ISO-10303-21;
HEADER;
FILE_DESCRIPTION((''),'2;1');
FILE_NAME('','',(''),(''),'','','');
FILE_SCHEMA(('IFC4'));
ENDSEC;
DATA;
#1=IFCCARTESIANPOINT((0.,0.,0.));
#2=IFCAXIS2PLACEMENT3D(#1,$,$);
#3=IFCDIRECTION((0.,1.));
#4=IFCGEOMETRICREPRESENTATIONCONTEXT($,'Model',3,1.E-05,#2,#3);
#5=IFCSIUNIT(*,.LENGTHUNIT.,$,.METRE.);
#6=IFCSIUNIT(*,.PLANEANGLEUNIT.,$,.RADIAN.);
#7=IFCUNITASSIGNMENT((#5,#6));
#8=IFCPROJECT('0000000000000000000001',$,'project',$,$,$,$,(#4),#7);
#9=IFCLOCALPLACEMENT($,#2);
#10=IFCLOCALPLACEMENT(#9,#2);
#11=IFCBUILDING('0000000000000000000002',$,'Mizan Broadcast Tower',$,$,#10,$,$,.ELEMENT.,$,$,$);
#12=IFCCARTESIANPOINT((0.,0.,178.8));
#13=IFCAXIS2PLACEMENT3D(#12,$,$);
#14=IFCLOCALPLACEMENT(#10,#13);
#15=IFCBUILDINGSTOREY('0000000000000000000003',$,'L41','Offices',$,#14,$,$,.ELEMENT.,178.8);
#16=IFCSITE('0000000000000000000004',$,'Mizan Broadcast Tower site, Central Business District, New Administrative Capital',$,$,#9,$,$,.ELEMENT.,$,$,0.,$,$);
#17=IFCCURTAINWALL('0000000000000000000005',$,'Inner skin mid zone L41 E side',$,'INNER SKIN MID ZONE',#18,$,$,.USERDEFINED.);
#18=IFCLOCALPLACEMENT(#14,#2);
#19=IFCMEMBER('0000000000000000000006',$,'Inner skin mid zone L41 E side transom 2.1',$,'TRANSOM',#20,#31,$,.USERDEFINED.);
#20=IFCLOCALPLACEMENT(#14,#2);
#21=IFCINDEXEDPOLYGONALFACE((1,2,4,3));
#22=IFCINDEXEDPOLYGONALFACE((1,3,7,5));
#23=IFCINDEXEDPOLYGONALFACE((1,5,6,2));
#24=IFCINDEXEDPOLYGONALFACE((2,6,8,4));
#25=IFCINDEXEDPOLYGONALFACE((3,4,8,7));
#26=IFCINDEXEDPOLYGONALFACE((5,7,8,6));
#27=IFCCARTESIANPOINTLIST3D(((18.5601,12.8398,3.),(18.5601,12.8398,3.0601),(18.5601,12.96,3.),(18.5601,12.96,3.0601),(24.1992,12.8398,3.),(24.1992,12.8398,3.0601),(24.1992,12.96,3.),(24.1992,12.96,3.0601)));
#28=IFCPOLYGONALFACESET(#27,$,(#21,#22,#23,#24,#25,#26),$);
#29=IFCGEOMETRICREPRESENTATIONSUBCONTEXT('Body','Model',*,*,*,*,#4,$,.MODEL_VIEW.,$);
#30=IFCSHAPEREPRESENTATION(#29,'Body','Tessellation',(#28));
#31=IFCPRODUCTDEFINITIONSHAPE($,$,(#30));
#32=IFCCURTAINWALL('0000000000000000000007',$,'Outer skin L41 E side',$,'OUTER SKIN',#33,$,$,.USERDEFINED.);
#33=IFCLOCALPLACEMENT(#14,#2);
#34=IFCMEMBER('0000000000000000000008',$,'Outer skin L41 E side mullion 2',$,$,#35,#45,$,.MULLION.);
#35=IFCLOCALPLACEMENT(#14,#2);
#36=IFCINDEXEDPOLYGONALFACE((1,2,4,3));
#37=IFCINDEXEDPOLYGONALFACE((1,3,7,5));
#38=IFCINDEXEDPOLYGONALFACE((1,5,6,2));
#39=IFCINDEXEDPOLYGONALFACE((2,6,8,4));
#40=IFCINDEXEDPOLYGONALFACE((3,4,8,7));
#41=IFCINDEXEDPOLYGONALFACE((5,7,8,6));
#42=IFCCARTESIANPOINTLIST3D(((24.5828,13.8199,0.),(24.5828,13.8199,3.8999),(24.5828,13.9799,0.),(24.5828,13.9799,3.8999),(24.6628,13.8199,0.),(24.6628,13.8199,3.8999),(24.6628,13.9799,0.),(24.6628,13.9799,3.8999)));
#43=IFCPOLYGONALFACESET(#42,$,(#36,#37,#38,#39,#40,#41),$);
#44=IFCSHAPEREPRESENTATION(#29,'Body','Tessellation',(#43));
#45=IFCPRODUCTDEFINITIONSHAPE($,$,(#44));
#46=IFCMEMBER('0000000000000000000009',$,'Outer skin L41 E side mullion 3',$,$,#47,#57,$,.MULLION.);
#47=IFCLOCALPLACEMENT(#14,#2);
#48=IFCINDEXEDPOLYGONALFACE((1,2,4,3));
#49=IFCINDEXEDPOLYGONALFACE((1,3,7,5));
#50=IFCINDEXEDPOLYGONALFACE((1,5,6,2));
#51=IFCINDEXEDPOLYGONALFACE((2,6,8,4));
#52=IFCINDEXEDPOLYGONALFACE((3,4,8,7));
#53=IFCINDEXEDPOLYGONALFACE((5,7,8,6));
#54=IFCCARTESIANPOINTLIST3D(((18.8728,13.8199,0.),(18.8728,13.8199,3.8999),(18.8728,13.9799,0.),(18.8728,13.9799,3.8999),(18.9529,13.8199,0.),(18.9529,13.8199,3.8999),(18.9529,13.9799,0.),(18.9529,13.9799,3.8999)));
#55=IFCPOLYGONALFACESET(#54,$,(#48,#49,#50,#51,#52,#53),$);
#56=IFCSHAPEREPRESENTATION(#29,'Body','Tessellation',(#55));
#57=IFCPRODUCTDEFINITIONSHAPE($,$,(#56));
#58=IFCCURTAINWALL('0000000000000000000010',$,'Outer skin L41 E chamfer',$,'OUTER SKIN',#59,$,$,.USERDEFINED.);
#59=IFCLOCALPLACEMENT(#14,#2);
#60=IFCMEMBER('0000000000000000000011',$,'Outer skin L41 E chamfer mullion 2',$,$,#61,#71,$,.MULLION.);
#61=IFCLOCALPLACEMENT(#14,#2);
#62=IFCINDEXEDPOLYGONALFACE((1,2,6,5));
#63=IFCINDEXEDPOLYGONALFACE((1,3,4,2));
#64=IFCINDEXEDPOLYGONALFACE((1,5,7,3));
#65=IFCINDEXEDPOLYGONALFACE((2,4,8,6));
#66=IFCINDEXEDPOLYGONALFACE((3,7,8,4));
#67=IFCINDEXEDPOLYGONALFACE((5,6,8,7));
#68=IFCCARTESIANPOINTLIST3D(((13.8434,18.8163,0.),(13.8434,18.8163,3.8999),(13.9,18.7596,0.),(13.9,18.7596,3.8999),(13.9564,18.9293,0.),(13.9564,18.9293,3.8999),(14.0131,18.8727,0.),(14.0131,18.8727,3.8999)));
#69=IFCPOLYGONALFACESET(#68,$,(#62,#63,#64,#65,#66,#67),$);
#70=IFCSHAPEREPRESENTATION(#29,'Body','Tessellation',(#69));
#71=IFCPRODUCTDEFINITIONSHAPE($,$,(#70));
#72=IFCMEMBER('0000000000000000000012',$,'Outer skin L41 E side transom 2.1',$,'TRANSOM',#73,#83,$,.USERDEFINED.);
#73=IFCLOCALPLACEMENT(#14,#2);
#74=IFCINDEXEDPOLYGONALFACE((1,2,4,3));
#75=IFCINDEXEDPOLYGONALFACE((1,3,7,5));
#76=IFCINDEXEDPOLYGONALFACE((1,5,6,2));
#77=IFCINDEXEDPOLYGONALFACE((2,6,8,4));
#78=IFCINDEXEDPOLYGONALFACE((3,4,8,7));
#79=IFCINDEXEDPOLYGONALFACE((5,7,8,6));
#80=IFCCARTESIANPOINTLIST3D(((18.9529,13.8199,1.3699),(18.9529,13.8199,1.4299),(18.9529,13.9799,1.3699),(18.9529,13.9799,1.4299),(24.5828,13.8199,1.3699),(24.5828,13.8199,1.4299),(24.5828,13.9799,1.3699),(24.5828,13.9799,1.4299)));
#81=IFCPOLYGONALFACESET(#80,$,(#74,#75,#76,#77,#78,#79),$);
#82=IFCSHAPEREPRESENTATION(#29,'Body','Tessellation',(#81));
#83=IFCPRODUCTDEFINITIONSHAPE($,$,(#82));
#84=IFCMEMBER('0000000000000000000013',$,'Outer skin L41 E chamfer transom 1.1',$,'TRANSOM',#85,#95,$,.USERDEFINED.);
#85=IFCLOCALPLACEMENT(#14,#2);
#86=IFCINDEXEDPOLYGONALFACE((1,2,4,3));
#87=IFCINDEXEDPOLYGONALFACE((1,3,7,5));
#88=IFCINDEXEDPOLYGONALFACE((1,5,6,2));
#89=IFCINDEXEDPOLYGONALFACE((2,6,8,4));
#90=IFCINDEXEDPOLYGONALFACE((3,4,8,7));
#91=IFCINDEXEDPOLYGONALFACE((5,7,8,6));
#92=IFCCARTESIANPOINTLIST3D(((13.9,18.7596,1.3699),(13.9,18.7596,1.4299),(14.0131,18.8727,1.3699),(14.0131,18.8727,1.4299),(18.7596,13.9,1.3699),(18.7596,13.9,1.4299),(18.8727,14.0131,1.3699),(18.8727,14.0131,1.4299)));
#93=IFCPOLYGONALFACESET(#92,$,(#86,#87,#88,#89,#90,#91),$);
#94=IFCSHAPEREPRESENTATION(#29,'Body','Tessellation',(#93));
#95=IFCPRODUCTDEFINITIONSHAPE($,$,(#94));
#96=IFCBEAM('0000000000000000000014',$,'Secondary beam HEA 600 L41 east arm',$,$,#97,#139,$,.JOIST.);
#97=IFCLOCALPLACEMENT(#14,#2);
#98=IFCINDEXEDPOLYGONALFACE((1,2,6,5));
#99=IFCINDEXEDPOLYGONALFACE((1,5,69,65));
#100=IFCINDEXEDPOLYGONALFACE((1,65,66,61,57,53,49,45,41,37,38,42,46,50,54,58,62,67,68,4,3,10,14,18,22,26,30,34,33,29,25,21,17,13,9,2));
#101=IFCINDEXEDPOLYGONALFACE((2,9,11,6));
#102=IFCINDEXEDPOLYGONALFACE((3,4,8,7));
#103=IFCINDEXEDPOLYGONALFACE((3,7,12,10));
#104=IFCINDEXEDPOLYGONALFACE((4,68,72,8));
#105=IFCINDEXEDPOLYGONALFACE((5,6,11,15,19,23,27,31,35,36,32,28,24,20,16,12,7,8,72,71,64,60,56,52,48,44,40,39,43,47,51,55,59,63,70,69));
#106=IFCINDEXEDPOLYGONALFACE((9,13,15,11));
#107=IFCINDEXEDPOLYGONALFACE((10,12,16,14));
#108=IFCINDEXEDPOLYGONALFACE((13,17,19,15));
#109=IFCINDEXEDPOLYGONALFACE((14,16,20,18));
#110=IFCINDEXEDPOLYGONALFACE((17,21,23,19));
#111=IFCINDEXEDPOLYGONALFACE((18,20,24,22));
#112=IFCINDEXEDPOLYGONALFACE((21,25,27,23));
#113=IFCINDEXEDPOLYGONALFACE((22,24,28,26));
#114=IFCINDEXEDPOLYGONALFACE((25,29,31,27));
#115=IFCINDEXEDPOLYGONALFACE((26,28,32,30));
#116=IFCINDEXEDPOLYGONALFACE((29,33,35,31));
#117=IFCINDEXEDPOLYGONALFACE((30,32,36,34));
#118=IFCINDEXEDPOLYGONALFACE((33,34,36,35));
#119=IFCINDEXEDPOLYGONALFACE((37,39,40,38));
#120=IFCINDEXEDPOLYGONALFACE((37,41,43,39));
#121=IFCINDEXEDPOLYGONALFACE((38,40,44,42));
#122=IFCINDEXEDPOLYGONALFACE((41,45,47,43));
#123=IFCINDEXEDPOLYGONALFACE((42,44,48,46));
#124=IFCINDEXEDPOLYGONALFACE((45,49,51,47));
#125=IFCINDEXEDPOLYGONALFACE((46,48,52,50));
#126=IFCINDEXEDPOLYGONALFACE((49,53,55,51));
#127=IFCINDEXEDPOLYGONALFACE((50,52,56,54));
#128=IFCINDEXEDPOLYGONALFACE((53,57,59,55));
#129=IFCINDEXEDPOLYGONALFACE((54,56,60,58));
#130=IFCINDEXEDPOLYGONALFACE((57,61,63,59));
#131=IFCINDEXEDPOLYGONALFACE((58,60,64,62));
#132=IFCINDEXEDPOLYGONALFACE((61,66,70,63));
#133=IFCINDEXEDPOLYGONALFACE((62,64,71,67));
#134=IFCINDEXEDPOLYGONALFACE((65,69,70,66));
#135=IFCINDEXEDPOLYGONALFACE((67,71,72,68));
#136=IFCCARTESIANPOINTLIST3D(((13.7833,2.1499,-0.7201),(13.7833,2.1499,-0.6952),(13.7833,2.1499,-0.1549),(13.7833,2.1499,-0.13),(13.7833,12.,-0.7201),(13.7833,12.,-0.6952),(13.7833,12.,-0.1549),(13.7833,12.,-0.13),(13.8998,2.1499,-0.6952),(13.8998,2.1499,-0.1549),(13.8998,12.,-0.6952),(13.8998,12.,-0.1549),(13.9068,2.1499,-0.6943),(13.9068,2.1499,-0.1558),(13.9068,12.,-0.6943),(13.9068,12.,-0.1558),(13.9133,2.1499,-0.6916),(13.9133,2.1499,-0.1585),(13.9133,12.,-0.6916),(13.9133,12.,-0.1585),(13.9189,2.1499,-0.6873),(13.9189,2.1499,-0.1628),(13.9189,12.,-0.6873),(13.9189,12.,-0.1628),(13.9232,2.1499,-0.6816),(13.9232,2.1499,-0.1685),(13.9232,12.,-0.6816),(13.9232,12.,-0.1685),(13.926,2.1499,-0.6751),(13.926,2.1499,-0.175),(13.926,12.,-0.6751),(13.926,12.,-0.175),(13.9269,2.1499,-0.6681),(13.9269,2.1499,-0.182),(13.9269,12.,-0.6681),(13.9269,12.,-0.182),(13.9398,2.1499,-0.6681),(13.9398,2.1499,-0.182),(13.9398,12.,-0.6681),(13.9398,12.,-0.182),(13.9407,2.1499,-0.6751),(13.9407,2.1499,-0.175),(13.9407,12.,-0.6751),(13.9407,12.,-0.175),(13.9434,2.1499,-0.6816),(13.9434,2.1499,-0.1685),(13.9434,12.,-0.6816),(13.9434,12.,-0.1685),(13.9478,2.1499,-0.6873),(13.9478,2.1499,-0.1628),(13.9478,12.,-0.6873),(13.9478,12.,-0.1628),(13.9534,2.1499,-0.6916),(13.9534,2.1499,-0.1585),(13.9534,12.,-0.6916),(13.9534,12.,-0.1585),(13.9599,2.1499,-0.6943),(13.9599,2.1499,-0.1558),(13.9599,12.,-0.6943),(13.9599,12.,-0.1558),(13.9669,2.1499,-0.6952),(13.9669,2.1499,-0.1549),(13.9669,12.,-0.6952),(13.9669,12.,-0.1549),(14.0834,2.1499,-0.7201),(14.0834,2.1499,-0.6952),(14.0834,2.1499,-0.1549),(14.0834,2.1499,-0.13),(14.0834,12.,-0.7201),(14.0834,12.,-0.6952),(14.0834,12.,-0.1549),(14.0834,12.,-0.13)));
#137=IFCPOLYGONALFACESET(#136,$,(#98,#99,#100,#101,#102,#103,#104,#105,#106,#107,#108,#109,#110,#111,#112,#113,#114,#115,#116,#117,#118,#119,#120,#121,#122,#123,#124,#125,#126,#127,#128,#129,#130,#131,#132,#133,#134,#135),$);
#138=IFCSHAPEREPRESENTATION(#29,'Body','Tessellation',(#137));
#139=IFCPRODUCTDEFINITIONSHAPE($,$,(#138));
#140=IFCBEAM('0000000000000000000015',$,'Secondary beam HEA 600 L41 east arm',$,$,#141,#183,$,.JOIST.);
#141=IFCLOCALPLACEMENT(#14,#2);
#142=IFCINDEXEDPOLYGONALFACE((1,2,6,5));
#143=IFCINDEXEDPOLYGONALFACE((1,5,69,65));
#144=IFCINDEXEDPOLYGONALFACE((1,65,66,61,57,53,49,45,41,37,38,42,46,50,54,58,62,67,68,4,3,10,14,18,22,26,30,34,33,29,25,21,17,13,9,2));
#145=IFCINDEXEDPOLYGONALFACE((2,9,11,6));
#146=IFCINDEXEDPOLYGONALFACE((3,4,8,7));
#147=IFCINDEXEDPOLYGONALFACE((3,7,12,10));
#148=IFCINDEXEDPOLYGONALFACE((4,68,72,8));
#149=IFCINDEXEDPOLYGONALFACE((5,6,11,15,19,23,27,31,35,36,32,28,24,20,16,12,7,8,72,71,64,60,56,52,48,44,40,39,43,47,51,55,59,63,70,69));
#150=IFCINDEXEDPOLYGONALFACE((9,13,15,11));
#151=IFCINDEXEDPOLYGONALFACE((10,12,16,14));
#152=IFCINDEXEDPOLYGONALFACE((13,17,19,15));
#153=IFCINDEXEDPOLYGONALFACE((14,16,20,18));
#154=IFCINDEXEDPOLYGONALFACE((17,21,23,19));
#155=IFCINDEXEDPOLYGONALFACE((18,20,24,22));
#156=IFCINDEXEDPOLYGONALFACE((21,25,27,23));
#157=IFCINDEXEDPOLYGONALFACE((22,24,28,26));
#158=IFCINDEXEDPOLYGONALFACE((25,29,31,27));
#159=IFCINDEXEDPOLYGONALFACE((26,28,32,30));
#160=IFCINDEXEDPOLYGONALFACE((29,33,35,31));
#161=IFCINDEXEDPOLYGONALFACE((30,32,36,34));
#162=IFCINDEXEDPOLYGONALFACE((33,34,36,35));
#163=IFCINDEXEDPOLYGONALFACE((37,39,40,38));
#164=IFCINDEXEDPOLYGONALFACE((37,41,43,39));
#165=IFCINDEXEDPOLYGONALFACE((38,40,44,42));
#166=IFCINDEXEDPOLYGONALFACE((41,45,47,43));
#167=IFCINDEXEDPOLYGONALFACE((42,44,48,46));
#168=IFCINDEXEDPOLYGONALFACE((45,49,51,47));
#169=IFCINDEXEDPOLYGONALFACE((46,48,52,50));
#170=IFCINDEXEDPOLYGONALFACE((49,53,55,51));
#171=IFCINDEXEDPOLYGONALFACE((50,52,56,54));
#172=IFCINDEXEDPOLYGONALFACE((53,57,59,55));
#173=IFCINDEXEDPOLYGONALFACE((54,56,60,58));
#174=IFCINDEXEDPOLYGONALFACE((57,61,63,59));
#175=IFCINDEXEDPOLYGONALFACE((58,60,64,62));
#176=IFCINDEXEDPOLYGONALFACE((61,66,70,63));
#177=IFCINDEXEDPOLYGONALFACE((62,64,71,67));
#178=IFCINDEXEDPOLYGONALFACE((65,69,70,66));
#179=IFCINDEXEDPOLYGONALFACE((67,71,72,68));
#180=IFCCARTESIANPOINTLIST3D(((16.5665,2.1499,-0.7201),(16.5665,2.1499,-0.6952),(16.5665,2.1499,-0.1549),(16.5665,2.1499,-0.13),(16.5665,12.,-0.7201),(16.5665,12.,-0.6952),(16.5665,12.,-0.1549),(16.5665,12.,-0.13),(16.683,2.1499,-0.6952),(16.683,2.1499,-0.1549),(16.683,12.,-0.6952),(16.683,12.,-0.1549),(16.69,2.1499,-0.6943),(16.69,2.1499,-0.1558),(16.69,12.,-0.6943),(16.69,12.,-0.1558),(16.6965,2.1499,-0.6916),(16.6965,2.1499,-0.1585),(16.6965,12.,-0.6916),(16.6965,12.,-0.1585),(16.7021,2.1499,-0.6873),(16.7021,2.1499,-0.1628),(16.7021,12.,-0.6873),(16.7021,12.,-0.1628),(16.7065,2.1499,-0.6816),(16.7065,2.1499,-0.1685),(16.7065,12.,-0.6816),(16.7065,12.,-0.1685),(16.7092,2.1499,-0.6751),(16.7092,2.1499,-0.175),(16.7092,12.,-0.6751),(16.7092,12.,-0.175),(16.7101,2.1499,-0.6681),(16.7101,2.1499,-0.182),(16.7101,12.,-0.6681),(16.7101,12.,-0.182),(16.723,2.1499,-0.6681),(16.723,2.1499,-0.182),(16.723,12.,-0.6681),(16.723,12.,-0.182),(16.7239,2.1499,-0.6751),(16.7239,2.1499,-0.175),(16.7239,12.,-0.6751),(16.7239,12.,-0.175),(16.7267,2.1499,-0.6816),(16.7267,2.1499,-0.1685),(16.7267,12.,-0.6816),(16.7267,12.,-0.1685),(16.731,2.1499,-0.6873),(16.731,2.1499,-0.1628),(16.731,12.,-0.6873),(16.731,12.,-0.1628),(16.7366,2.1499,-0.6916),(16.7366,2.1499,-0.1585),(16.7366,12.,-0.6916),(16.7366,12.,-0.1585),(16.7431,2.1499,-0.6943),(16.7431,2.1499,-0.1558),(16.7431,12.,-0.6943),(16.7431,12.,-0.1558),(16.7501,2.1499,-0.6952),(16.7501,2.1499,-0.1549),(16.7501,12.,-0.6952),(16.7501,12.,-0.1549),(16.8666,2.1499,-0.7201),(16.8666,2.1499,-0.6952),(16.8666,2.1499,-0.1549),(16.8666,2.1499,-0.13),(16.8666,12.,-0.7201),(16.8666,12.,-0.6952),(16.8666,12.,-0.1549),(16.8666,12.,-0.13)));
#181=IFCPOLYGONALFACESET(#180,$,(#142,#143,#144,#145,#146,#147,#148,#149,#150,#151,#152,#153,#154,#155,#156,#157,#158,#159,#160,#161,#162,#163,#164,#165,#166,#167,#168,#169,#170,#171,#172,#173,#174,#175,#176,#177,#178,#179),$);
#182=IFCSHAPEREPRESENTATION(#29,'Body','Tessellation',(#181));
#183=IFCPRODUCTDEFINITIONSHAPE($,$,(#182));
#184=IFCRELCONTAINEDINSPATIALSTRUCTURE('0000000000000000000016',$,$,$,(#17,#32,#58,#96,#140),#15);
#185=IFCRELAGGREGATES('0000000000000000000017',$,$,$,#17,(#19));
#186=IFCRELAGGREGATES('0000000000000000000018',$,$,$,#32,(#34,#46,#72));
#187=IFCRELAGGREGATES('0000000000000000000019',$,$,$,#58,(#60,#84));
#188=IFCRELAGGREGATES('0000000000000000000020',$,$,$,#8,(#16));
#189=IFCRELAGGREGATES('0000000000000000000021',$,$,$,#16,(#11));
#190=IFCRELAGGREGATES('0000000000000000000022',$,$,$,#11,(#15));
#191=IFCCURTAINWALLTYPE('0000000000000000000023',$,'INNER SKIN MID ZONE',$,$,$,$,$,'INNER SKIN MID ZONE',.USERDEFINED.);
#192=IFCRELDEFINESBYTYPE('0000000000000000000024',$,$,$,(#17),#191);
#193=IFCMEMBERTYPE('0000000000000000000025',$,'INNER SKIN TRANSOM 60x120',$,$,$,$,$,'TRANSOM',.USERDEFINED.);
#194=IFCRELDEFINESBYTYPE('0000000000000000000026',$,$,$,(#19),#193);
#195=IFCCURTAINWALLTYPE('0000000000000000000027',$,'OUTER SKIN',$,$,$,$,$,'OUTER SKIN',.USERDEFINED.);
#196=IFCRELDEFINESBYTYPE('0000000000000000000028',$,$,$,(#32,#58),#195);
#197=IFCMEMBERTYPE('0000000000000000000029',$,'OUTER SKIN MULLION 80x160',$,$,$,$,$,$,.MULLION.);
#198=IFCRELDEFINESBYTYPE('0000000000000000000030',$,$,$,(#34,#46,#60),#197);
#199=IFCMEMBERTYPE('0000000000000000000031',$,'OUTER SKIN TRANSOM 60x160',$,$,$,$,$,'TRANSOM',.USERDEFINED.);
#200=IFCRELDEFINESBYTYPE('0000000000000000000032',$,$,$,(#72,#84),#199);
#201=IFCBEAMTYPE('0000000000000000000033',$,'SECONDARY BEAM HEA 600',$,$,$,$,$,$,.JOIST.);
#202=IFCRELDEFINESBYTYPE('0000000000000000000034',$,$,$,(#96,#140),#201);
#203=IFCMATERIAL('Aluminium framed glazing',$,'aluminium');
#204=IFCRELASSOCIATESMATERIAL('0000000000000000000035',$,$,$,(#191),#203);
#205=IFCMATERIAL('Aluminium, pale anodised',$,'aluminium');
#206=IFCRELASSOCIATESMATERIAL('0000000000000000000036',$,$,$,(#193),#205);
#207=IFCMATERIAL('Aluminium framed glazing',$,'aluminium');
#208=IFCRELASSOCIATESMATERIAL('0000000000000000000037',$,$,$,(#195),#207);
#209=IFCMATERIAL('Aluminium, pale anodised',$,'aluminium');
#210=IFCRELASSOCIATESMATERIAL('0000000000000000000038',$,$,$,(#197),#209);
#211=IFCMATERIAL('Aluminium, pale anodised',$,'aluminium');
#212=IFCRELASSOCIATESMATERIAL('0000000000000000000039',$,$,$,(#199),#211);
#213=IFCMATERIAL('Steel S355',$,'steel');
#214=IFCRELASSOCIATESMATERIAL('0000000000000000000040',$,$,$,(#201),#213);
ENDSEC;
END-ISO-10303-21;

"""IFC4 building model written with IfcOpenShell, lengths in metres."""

from ifc_helpers import new_model, si_unit, direction, frame, origin, origin_2d, place, context, subcontext, project, spatial, rectangle, i_section, extrude, material, material_profile, profile_set, type_object, element, aggregate, save


model = new_model("IFC4")

# Units and contexts
model_context = context("Model", 3, precision=1e-05, world=origin(), true_north=direction((0.0, 1.0)))
body_context = subcontext(model_context, "Body", "Model", "MODEL_VIEW")
ifc_project = project(units=[si_unit("LENGTHUNIT", "METRE"), si_unit("PLANEANGLEUNIT", "RADIAN")], contexts=[model_context])

# Site, building, storey
site_placement = place(None, origin())
site = spatial("IfcSite", under=ifc_project, at=site_placement, Name="Mizan Broadcast Tower site, Central Business District, New Administrative Capital", CompositionType="ELEMENT", RefElevation=0.0)
building_placement = place(site_placement, origin())
building = spatial("IfcBuilding", under=site, at=building_placement, Name="Mizan Broadcast Tower", CompositionType="ELEMENT")
storey_placement = place(building_placement, frame((0.0, 0.0, 178.8)))
storey = spatial("IfcBuildingStorey", under=building, at=storey_placement, Name="L41", Description="Offices", CompositionType="ELEMENT", Elevation=178.8)

# Curtain walls, members
ifc_material_1 = material(Name="Aluminium framed glazing", Category="aluminium")
curtain_wall_type_1 = type_object("IfcCurtainWallType", Name="INNER SKIN MID ZONE", ElementType="INNER SKIN MID ZONE", PredefinedType="USERDEFINED", material=ifc_material_1)
curtain_wall_1_placement = place(storey_placement, origin())
curtain_wall_1 = element("IfcCurtainWall", 1, at=curtain_wall_1_placement, inside=storey, type_object=curtain_wall_type_1, Name="Inner skin mid zone L41 E side", ObjectType="INNER SKIN MID ZONE", PredefinedType="USERDEFINED")
ifc_material_2 = material(Name="Aluminium, pale anodised", Category="aluminium")
ifc_material_profile_1 = material_profile(ifc_material_2, rectangle(XDim=0.1201, YDim=0.0601, at=origin_2d()), Name="TRANSOM 120x60")
ifc_profile_set_1 = profile_set([ifc_material_profile_1], Name="Aluminium, pale anodised")
member_type_1 = type_object("IfcMemberType", Name="INNER SKIN TRANSOM 60x120", ElementType="TRANSOM", PredefinedType="USERDEFINED", material=ifc_profile_set_1)
member_1_placement = place(storey_placement, frame((24.1992, 12.8999, 3.03), z_axis=(-1.0, 0.0, 0.0), x_axis=(0.0, -1.0, 0.0)))
member_1 = element("IfcMember", 2, at=member_1_placement, type_object=member_type_1, Name="Inner skin mid zone L41 E side transom 2.1", ObjectType="TRANSOM", PredefinedType="USERDEFINED", context=body_context, shape_type="SweptSolid", body=[
    extrude(rectangle(XDim=0.1201, YDim=0.0601, at=origin_2d()), origin(), (0.0, 0.0, 1.0), 5.6392),
])
ifc_material_3 = material(Name="Aluminium framed glazing", Category="aluminium")
curtain_wall_type_2 = type_object("IfcCurtainWallType", Name="OUTER SKIN", ElementType="OUTER SKIN", PredefinedType="USERDEFINED", material=ifc_material_3)
curtain_wall_2_placement = place(storey_placement, origin())
curtain_wall_2 = element("IfcCurtainWall", 3, at=curtain_wall_2_placement, inside=storey, type_object=curtain_wall_type_2, Name="Outer skin L41 E side", ObjectType="OUTER SKIN", PredefinedType="USERDEFINED")
ifc_material_4 = material(Name="Aluminium, pale anodised", Category="aluminium")
ifc_material_profile_2 = material_profile(ifc_material_4, rectangle(XDim=0.1599, YDim=0.0801, at=origin_2d()), Name="MULLION 160x80")
ifc_profile_set_2 = profile_set([ifc_material_profile_2], Name="Aluminium, pale anodised")
member_type_2 = type_object("IfcMemberType", Name="OUTER SKIN MULLION 80x160", PredefinedType="MULLION", material=ifc_profile_set_2)
member_2_placement = place(storey_placement, frame((24.6228, 13.8999, 0.0), z_axis=(0.0, 0.0, 1.0), x_axis=(0.0, -1.0, 0.0)))
member_2 = element("IfcMember", 4, at=member_2_placement, type_object=member_type_2, Name="Outer skin L41 E side mullion 2", PredefinedType="MULLION", context=body_context, shape_type="SweptSolid", body=[
    extrude(rectangle(XDim=0.1599, YDim=0.0801, at=origin_2d()), origin(), (0.0, 0.0, 1.0), 3.8999),
])
member_3_placement = place(storey_placement, frame((18.9128, 13.8999, 0.0), z_axis=(0.0, 0.0, 1.0), x_axis=(0.0, -1.0, 0.0)))
member_3 = element("IfcMember", 5, at=member_3_placement, type_object=member_type_2, Name="Outer skin L41 E side mullion 3", PredefinedType="MULLION", context=body_context, shape_type="SweptSolid", body=[
    extrude(rectangle(XDim=0.1599, YDim=0.0801, at=origin_2d()), origin(), (0.0, 0.0, 1.0), 3.8999),
])

# Curtain wall, member
curtain_wall_3_placement = place(storey_placement, origin())
curtain_wall_3 = element("IfcCurtainWall", 6, at=curtain_wall_3_placement, inside=storey, type_object=curtain_wall_type_2, Name="Outer skin L41 E chamfer", ObjectType="OUTER SKIN", PredefinedType="USERDEFINED")
member_4_placement = place(storey_placement, frame((13.9282, 18.8445, 0.0), z_axis=(0.0, 0.0, 1.0), x_axis=(-0.707107, -0.707107, 0.0)))
member_4 = element("IfcMember", 7, at=member_4_placement, type_object=member_type_2, Name="Outer skin L41 E chamfer mullion 2", PredefinedType="MULLION", context=body_context, shape_type="SweptSolid", body=[
    extrude(rectangle(XDim=0.1599, YDim=0.0801, at=origin_2d()), origin(), (0.0, 0.0, 1.0), 3.8999),
])

# Members
ifc_material_5 = material(Name="Aluminium, pale anodised", Category="aluminium")
ifc_material_profile_3 = material_profile(ifc_material_5, rectangle(XDim=0.1599, YDim=0.0601, at=origin_2d()), Name="TRANSOM 160x60")
ifc_profile_set_3 = profile_set([ifc_material_profile_3], Name="Aluminium, pale anodised")
member_type_3 = type_object("IfcMemberType", Name="OUTER SKIN TRANSOM 60x160", ElementType="TRANSOM", PredefinedType="USERDEFINED", material=ifc_profile_set_3)
member_5_placement = place(storey_placement, frame((24.5828, 13.8999, 1.3999), z_axis=(-1.0, 0.0, 0.0), x_axis=(0.0, -1.0, 0.0)))
member_5 = element("IfcMember", 8, at=member_5_placement, type_object=member_type_3, Name="Outer skin L41 E side transom 2.1", ObjectType="TRANSOM", PredefinedType="USERDEFINED", context=body_context, shape_type="SweptSolid", body=[
    extrude(rectangle(XDim=0.1599, YDim=0.0601, at=origin_2d()), origin(), (0.0, 0.0, 1.0), 5.6299),
])
member_6_placement = place(storey_placement, frame((18.8162, 13.9565, 1.3999), z_axis=(-0.707107, 0.707107, 0.0), x_axis=(-0.707107, -0.707107, 0.0)))
member_6 = element("IfcMember", 9, at=member_6_placement, type_object=member_type_3, Name="Outer skin L41 E chamfer transom 1.1", ObjectType="TRANSOM", PredefinedType="USERDEFINED", context=body_context, shape_type="SweptSolid", body=[
    extrude(rectangle(XDim=0.1599, YDim=0.0601, at=origin_2d()), origin(), (0.0, 0.0, 1.0), 6.8726),
])

# Beams
ifc_material_6 = material(Name="Steel S355", Category="steel")
ifc_material_profile_4 = material_profile(ifc_material_6, i_section(OverallWidth=0.3, OverallDepth=0.5901, WebThickness=0.0129, FlangeThickness=0.0249, FilletRadius=0.0271, at=origin_2d()), Name="HEA 600")
ifc_profile_set_4 = profile_set([ifc_material_profile_4], Name="Steel S355")
beam_type_1 = type_object("IfcBeamType", Name="SECONDARY BEAM HEA 600", PredefinedType="JOIST", material=ifc_profile_set_4)
for number, where, z_axis, x_axis, name in (
    (10, (13.9333, 12.0, -0.425), (0.0, -1.0, 0.0), (1.0, 0.0, 0.0), "Secondary beam HEA 600 L41 east arm"),
    (11, (16.7166, 12.0, -0.425), (0.0, -1.0, 0.0), (1.0, 0.0, 0.0), "Secondary beam HEA 600 L41 east arm"),
):
    element("IfcBeam", number, at=place(storey_placement, frame(where, z_axis=z_axis, x_axis=x_axis)), inside=storey, type_object=beam_type_1, Name=name, PredefinedType="JOIST", context=body_context, shape_type="SweptSolid", body=[
        extrude(i_section(OverallWidth=0.3, OverallDepth=0.5901, WebThickness=0.0129, FlangeThickness=0.0249, FilletRadius=0.0271, at=origin_2d()), origin(), (0.0, 0.0, 1.0), 9.8501),
    ])

aggregate(curtain_wall_1, [member_1])
aggregate(curtain_wall_2, [member_2, member_3, member_5])
aggregate(curtain_wall_3, [member_4, member_6])

save(model, "model.ifc")
